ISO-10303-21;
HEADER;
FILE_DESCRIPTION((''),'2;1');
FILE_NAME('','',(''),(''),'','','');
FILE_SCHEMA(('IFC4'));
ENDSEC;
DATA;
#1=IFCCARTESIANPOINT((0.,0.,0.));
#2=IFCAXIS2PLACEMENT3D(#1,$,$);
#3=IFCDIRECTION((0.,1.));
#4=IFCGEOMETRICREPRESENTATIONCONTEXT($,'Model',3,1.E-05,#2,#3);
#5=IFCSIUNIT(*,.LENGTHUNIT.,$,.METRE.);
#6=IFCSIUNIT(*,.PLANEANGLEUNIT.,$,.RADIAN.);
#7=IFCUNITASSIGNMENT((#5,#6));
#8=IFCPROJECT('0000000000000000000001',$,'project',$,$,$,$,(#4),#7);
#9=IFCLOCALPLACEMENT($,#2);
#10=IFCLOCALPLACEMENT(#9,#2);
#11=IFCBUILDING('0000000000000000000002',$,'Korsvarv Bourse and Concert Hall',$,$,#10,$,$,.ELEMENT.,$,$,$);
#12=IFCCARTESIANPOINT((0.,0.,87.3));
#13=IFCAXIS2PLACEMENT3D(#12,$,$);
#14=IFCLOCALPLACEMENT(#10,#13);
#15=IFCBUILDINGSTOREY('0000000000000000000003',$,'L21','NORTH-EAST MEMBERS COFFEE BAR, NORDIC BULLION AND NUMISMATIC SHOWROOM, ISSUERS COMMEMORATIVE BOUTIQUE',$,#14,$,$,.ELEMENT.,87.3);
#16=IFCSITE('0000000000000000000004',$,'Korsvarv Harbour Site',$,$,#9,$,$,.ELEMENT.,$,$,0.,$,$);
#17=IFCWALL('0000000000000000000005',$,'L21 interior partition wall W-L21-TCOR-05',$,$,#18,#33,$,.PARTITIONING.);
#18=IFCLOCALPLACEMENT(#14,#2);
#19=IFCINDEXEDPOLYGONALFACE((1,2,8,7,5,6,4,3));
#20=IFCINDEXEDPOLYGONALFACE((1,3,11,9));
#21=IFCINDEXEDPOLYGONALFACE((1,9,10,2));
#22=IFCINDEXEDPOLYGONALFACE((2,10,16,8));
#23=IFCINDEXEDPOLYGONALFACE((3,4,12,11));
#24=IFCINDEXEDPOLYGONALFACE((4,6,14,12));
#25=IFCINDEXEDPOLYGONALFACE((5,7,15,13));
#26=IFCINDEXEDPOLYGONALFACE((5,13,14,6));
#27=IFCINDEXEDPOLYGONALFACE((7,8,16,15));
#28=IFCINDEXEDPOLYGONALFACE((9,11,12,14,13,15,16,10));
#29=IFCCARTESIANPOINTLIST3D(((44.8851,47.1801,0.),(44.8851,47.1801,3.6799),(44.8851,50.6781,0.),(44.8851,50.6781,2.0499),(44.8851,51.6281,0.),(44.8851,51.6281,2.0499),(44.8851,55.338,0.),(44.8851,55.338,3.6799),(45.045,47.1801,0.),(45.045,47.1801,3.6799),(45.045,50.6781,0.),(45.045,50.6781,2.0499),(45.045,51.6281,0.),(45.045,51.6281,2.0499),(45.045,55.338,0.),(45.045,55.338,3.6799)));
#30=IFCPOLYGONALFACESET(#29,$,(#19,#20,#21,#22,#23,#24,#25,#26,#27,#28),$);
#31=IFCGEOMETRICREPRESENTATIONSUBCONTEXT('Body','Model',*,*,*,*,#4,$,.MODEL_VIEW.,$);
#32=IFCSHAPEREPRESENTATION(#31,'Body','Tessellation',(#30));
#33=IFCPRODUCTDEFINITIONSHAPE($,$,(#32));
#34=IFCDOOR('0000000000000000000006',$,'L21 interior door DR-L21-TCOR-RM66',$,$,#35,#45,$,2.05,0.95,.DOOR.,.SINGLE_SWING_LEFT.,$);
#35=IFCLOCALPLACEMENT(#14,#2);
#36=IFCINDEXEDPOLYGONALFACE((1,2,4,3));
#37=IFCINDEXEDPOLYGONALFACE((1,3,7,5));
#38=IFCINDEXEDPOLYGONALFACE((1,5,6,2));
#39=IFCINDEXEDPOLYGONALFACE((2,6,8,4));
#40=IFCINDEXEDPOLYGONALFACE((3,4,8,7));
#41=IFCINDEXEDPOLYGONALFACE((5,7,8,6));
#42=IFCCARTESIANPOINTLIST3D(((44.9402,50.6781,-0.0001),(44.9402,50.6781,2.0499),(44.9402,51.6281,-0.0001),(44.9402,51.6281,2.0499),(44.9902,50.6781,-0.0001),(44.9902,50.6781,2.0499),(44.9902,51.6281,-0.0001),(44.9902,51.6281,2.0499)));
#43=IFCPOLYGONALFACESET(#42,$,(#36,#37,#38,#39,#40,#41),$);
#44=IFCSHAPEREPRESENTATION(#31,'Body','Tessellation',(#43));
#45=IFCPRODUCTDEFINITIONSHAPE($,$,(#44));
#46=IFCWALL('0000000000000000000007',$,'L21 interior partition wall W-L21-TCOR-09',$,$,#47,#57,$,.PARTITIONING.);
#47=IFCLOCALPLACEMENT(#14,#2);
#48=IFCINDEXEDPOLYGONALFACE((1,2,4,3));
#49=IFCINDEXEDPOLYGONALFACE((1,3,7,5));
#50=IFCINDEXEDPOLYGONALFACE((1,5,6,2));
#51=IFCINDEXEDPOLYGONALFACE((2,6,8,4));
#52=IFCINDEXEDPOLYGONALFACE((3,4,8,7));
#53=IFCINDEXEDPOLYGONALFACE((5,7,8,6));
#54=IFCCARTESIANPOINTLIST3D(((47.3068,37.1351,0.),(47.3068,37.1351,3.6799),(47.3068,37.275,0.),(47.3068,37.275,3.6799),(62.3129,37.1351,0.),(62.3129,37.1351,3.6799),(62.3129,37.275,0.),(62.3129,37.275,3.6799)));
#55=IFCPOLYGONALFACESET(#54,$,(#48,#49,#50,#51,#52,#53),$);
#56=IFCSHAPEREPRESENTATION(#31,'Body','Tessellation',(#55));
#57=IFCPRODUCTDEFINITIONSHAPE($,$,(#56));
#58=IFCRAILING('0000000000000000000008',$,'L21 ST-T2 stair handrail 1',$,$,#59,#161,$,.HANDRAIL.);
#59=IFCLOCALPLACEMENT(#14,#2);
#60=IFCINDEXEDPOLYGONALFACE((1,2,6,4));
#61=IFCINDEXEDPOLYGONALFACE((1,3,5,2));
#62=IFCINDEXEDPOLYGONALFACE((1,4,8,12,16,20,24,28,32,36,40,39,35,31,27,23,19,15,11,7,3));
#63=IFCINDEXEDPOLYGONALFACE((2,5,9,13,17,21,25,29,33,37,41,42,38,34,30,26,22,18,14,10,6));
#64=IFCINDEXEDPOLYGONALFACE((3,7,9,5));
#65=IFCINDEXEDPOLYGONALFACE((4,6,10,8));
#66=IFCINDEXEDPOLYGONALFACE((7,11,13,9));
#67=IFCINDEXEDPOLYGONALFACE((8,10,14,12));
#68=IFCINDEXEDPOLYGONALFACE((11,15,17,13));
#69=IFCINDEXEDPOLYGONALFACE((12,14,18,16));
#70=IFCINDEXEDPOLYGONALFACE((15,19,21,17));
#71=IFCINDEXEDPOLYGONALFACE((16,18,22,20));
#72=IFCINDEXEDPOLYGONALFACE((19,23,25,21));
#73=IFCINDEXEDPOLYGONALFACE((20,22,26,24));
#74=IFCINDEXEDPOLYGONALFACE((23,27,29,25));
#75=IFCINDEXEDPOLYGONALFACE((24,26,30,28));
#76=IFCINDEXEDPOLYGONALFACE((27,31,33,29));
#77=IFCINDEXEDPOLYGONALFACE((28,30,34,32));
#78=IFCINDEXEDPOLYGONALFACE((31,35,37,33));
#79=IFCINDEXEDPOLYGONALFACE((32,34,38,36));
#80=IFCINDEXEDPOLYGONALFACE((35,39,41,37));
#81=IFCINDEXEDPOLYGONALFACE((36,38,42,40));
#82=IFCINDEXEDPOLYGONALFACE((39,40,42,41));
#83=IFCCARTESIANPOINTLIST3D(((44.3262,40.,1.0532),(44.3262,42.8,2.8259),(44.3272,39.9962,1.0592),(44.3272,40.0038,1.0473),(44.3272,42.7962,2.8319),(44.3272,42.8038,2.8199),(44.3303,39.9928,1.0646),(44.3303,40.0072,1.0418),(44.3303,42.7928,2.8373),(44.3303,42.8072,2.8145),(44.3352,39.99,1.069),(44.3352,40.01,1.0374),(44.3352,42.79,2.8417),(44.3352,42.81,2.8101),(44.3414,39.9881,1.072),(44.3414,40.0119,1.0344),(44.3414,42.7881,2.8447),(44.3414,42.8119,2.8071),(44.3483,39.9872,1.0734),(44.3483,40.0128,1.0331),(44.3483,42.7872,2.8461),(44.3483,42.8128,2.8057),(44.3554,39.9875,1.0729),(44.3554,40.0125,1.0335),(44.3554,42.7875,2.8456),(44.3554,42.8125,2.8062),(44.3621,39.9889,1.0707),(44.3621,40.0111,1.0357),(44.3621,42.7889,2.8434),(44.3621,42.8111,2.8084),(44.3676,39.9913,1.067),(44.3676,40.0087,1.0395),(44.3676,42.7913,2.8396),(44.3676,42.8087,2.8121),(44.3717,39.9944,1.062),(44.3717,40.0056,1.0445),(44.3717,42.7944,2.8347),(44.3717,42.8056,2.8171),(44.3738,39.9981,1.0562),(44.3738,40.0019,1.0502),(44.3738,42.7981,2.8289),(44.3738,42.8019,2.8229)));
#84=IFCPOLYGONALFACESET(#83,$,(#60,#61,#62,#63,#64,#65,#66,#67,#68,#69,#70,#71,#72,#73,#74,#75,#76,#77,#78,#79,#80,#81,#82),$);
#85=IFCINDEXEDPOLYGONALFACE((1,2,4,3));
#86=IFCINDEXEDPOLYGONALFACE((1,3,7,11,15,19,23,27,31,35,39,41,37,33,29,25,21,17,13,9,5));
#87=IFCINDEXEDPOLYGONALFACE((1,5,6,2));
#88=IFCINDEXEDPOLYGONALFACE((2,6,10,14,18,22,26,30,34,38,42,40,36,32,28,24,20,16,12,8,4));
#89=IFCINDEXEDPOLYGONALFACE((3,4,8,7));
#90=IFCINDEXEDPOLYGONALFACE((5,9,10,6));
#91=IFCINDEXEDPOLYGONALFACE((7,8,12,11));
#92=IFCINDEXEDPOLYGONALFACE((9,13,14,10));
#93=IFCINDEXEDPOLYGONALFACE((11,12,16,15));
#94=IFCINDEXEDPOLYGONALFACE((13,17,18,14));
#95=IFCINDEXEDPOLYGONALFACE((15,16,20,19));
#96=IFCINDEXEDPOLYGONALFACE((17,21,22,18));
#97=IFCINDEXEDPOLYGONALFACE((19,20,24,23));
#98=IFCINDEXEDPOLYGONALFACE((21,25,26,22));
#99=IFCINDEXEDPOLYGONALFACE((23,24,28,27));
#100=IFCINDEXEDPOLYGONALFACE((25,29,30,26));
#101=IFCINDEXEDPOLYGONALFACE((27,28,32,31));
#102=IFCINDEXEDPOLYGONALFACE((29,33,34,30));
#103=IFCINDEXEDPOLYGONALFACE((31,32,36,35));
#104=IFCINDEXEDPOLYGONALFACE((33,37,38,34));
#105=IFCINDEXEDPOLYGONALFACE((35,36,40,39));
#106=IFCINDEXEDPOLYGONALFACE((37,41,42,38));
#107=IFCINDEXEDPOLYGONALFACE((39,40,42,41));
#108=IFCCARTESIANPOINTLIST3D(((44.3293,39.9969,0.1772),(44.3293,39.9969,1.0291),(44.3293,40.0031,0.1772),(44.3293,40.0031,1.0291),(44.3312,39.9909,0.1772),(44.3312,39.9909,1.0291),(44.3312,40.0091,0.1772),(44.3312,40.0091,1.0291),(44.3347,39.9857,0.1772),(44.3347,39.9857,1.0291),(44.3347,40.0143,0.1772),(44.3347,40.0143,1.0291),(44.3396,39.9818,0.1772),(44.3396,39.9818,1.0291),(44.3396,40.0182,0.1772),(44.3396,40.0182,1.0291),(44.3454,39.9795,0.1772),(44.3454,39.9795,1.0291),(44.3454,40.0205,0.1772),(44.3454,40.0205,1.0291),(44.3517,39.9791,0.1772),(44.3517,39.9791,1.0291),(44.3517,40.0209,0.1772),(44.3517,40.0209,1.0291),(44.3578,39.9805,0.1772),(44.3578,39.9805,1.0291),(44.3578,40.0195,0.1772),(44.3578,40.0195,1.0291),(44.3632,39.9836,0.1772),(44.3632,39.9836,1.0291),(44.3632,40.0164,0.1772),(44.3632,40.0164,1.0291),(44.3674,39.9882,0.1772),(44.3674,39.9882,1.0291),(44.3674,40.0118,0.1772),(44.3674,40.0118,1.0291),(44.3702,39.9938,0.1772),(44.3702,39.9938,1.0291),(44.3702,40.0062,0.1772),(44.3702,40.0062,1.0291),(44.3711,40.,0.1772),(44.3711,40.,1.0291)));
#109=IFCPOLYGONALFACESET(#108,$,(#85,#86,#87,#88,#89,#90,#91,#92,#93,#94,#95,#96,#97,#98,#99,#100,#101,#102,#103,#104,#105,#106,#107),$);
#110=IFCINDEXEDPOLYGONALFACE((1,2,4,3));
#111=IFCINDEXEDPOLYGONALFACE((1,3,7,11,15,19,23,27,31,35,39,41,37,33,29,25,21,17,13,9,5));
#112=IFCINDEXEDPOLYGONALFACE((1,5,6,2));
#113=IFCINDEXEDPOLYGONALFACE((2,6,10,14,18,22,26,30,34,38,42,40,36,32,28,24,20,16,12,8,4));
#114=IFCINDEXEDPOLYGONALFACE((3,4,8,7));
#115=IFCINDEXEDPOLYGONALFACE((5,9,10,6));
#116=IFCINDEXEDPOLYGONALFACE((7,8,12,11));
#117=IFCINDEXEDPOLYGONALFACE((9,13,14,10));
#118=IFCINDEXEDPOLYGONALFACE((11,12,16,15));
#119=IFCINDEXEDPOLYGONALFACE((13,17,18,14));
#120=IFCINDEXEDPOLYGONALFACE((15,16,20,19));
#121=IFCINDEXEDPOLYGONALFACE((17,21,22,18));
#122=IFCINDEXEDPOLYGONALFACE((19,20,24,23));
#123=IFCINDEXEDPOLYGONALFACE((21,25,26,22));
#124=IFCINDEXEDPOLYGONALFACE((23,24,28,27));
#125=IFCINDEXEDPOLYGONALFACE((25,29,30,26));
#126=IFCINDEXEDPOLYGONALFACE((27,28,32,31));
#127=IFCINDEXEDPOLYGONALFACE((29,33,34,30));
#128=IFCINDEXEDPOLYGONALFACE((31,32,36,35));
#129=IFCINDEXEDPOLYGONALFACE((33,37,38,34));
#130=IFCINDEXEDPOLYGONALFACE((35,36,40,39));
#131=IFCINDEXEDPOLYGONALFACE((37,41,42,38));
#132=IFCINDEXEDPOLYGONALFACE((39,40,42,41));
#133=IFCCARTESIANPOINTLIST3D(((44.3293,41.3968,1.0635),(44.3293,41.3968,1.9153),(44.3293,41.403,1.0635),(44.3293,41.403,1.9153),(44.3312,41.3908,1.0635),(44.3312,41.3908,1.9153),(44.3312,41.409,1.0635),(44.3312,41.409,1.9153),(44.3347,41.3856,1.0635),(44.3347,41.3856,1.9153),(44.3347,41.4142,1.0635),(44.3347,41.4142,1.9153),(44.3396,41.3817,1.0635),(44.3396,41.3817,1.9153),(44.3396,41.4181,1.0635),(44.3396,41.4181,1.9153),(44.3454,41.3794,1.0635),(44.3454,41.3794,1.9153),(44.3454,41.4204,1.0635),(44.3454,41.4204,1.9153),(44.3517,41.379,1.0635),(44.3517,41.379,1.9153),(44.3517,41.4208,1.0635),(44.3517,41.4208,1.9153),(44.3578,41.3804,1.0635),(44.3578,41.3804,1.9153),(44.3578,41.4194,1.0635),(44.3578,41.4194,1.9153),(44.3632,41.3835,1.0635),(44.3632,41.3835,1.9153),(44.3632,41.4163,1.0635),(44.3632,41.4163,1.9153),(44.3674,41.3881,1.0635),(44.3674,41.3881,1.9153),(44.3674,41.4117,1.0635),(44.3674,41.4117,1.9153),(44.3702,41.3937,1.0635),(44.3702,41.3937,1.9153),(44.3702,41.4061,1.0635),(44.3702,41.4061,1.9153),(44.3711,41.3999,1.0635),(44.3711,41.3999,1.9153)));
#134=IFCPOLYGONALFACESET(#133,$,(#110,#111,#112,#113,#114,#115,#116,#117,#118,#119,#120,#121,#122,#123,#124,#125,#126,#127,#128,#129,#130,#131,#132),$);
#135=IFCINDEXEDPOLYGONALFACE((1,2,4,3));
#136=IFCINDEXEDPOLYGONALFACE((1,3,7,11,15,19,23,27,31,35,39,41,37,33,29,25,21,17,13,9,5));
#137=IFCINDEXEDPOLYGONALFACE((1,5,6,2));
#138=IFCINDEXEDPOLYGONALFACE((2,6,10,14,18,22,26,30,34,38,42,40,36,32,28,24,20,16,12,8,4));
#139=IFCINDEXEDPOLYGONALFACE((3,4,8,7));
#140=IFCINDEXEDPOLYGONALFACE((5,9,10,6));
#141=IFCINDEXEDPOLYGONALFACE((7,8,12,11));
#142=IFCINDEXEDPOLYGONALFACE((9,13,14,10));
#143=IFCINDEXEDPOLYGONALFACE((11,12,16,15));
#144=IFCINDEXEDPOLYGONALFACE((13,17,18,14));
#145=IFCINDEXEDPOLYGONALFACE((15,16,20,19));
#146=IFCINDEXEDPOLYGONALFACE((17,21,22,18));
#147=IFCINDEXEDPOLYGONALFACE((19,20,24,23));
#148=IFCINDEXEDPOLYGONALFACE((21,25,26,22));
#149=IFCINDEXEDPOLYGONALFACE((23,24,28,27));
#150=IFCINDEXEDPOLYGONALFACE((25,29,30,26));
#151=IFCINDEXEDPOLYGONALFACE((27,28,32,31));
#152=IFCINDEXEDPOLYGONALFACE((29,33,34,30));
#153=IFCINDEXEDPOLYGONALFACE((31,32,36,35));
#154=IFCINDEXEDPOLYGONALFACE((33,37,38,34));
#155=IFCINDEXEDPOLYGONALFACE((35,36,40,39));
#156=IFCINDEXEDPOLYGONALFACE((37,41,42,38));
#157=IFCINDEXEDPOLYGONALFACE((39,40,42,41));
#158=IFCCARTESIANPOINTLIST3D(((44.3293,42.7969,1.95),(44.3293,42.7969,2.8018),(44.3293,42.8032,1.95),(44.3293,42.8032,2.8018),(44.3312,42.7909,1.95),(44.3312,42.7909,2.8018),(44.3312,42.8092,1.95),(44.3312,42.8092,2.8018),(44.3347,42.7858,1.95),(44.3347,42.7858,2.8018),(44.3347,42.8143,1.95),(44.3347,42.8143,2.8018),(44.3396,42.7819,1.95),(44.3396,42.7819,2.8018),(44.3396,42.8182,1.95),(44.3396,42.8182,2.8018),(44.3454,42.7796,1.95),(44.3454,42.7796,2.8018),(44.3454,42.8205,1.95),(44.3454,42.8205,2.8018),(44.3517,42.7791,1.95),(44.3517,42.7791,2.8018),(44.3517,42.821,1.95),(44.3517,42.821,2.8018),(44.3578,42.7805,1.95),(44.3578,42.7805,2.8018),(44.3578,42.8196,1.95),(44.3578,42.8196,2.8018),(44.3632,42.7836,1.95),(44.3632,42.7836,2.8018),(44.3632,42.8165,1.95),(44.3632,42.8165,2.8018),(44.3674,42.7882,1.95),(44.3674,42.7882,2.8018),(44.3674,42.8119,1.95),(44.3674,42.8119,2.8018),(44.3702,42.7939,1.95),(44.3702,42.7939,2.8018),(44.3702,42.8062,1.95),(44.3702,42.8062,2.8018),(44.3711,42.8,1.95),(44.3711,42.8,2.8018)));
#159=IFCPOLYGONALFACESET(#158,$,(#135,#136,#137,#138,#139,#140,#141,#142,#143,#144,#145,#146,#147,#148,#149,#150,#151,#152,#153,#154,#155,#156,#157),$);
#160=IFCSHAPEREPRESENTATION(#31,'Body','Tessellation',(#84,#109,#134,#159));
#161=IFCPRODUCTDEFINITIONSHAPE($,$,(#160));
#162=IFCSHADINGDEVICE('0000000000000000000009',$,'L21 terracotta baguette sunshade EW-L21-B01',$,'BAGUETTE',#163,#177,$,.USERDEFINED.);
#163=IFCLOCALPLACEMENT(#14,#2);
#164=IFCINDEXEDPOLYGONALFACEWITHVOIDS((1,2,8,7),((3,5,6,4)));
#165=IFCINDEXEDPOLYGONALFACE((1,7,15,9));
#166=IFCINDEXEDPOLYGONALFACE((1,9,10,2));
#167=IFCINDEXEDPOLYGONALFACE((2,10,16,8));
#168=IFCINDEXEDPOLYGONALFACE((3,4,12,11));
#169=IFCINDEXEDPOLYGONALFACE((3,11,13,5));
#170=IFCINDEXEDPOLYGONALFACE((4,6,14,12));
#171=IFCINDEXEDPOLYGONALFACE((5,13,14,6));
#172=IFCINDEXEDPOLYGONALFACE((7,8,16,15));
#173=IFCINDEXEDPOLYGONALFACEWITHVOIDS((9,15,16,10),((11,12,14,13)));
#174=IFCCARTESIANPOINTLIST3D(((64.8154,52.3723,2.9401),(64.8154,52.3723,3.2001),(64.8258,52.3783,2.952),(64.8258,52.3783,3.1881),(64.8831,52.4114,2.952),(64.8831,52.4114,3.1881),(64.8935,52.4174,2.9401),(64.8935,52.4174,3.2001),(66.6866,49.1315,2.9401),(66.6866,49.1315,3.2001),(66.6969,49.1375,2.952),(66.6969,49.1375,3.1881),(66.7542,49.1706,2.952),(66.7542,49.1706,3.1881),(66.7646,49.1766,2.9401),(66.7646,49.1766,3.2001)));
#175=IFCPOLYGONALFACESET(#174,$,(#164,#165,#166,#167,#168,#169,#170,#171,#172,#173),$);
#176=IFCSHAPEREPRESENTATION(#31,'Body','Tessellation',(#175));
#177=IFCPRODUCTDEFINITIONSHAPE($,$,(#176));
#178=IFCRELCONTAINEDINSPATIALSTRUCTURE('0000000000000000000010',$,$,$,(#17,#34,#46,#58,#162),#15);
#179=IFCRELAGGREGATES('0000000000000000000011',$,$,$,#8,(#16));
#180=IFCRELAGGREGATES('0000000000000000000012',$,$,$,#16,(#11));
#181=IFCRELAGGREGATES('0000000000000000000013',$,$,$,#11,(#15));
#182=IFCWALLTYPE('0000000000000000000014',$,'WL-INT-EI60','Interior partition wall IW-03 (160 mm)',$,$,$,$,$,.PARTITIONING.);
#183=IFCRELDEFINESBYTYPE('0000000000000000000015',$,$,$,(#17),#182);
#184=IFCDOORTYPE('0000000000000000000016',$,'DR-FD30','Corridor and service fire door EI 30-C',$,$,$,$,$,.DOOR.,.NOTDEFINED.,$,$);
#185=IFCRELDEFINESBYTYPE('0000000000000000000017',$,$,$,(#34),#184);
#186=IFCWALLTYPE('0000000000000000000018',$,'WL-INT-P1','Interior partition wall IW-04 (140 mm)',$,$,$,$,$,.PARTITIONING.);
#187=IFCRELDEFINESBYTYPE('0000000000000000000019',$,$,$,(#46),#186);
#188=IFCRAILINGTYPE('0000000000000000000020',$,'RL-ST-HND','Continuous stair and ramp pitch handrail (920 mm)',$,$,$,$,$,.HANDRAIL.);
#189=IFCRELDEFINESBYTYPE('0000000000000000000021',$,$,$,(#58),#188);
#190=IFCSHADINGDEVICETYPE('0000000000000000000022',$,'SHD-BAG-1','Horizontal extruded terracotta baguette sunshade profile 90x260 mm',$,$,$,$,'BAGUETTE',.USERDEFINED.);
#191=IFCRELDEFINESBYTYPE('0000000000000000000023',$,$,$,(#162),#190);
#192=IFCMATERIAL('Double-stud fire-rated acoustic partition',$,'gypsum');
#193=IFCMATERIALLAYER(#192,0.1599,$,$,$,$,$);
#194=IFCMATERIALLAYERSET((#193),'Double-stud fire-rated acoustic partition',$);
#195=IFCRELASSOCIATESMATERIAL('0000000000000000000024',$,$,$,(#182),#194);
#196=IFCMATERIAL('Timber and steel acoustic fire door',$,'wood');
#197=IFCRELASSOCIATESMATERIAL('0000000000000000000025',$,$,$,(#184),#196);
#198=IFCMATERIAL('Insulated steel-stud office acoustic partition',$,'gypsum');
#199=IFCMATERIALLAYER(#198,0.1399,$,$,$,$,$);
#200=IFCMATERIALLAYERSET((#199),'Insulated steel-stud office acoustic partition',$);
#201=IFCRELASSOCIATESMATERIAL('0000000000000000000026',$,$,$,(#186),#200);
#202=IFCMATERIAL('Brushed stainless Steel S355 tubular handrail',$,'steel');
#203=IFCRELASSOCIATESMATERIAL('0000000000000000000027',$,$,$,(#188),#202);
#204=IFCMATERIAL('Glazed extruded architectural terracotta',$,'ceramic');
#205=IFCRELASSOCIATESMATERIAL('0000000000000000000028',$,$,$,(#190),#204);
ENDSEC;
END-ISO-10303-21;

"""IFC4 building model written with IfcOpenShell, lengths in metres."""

from ifc_helpers import new_model, si_unit, direction, frame, frame_2d, origin, origin_2d, place, context, subcontext, project, spatial, rectangle, hollow_rectangle, circle, extrude, source, transform, mapped, material, layer, layer_set, material_profile, profile_set, type_object, element, fill, save


model = new_model("IFC4")

# Units and contexts
model_context = context("Model", 3, precision=1e-05, world=origin(), true_north=direction((0.0, 1.0)))
body_context = subcontext(model_context, "Body", "Model", "MODEL_VIEW")
ifc_project = project(units=[si_unit("LENGTHUNIT", "METRE"), si_unit("PLANEANGLEUNIT", "RADIAN")], contexts=[model_context])

# Site, building, storey
site_placement = place(None, origin())
site = spatial("IfcSite", under=ifc_project, at=site_placement, Name="Korsvarv Harbour Site", CompositionType="ELEMENT", RefElevation=0.0)
building_placement = place(site_placement, origin())
building = spatial("IfcBuilding", under=site, at=building_placement, Name="Korsvarv Bourse and Concert Hall", CompositionType="ELEMENT")
storey_placement = place(building_placement, frame((0.0, 0.0, 87.3)))
storey = spatial("IfcBuildingStorey", under=building, at=storey_placement, Name="L21", Description="NORTH-EAST MEMBERS COFFEE BAR, NORDIC BULLION AND NUMISMATIC SHOWROOM, ISSUERS COMMEMORATIVE BOUTIQUE", CompositionType="ELEMENT", Elevation=87.3)

# Wall, opening, door
ifc_material_1 = material(Name="Double-stud fire-rated acoustic partition", Category="gypsum")
ifc_layer_1 = layer(ifc_material_1, 0.1599)
ifc_layer_set_1 = layer_set([ifc_layer_1], Name="Double-stud fire-rated acoustic partition")
wall_type_1 = type_object("IfcWallType", Name="WL-INT-EI60", Description="Interior partition wall IW-03 (160 mm)", PredefinedType="PARTITIONING", material=ifc_layer_set_1)
wall_1_placement = place(storey_placement, frame((44.9651, 47.1799, 0.0), z_axis=(0.0, 0.0, 1.0), x_axis=(0.0, 1.0, 0.0)))
wall_1 = element("IfcWall", 1, at=wall_1_placement, inside=storey, type_object=wall_type_1, Name="L21 interior partition wall W-L21-TCOR-05", PredefinedType="PARTITIONING", context=body_context, shape_type="SweptSolid", body=[
    extrude(rectangle(XDim=8.158, YDim=0.1599, at=frame_2d((4.0791, 0.0))), origin(), (0.0, 0.0, 1.0), 3.6799),
])
opening_1_placement = place(wall_1_placement, frame((3.498, 0.0, 0.0)))
opening_1 = element("IfcOpeningElement", 2, at=opening_1_placement, cuts=wall_1, PredefinedType="OPENING", context=body_context, shape_type="SweptSolid", body=[
    extrude(rectangle(XDim=0.95, YDim=2.05, at=frame_2d((0.4751, 1.0249))), frame((0.0, 0.0898, 0.0), z_axis=(0.0, -1.0, 0.0), x_axis=(1.0, 0.0, 0.0)), (0.0, 0.0, 1.0), 0.1799),
])
ifc_material_2 = material(Name="Timber and steel acoustic fire door", Category="wood")
door_type_1 = type_object("IfcDoorType", Name="DR-FD30", Description="Corridor and service fire door EI 30-C", OperationType="NOTDEFINED", PredefinedType="DOOR", material=ifc_material_2)
door_1_placement = place(opening_1_placement, origin())
door_1 = element("IfcDoor", 3, at=door_1_placement, inside=storey, type_object=door_type_1, Name="L21 interior door DR-L21-TCOR-RM66", OperationType="SINGLE_SWING_LEFT", OverallHeight=2.05, OverallWidth=0.95, PredefinedType="DOOR", context=body_context, shape_type="SweptSolid", body=[
    extrude(rectangle(XDim=0.95, YDim=2.05, at=frame_2d((0.4751, 1.0249))), frame((0.0, 0.0249, 0.0), z_axis=(0.0, -1.0, 0.0), x_axis=(1.0, 0.0, 0.0)), (0.0, 0.0, 1.0), 0.05),
])
fill(opening_1, door_1)

# Wall
ifc_material_3 = material(Name="Insulated steel-stud office acoustic partition", Category="gypsum")
ifc_layer_2 = layer(ifc_material_3, 0.1399)
ifc_layer_set_2 = layer_set([ifc_layer_2], Name="Insulated steel-stud office acoustic partition")
wall_type_2 = type_object("IfcWallType", Name="WL-INT-P1", Description="Interior partition wall IW-04 (140 mm)", PredefinedType="PARTITIONING", material=ifc_layer_set_2)
wall_2_placement = place(storey_placement, frame((47.3069, 37.2051, 0.0), z_axis=(0.0, 0.0, 1.0), x_axis=(1.0, 0.0, 0.0)))
element("IfcWall", 4, at=wall_2_placement, inside=storey, type_object=wall_type_2, Name="L21 interior partition wall W-L21-TCOR-09", PredefinedType="PARTITIONING", context=body_context, shape_type="SweptSolid", body=[
    extrude(rectangle(XDim=15.0061, YDim=0.1399, at=frame_2d((7.5029, 0.0))), origin(), (0.0, 0.0, 1.0), 3.6799),
])

# Railing
ifc_material_4 = material(Name="Brushed stainless Steel S355 tubular handrail", Category="steel")
railing_type = type_object("IfcRailingType", Name="RL-ST-HND", Description="Continuous stair and ramp pitch handrail (920 mm)", PredefinedType="HANDRAIL", material=ifc_material_4)
railing_placement = place(storey_placement, frame((44.3501, 40.0, 0.1772)))
element("IfcRailing", 5, at=railing_placement, inside=storey, type_object=railing_type, Name="L21 ST-T2 stair handrail 1", PredefinedType="HANDRAIL", context=body_context, shape_type="SweptSolid", body=[
    extrude(circle(Radius=0.0239, at=origin_2d()), frame((0.0, 0.0, 0.876), z_axis=(0.0, 0.844909, 0.53491), x_axis=(-1.0, 0.0, 0.0)), (0.0, 0.0, 1.0), 3.314),
    extrude(circle(Radius=0.021, at=origin_2d()), origin(), (0.0, 0.0, 1.0), 0.8518),
    extrude(circle(Radius=0.021, at=origin_2d()), frame((0.0, 1.3999, 0.8862)), (0.0, 0.0, 1.0), 0.8518),
    extrude(circle(Radius=0.021, at=origin_2d()), frame((0.0, 2.8, 1.7727)), (0.0, 0.0, 1.0), 0.8518),
])

# Shading device
ifc_material_5 = material(Name="Glazed extruded architectural terracotta", Category="ceramic")
ifc_material_profile_1 = material_profile(ifc_material_5, hollow_rectangle(XDim=0.0901, YDim=0.26, WallThickness=0.012, at=origin_2d()), Name="TC-BAG 90x260")
ifc_profile_set_1 = profile_set([ifc_material_profile_1], Name="Glazed extruded architectural terracotta")
shading_device_type = type_object("IfcShadingDeviceType", Name="SHD-BAG-1", Description="Horizontal extruded terracotta baguette sunshade profile 90x260 mm", ElementType="BAGUETTE", PredefinedType="USERDEFINED", material=ifc_profile_set_1)
shared_shape_1 = source(origin(), body_context, "Body", "SweptSolid", [
    extrude(hollow_rectangle(XDim=0.0901, YDim=0.26, WallThickness=0.012, at=origin_2d()), origin(), (0.0, 0.0, 1.0), 3.7422),
])
shading_device_1_placement = place(storey_placement, frame((66.7256, 49.1541, 3.0701), z_axis=(-0.500012, 0.866018, 0.0), x_axis=(-0.866018, -0.500012, 0.0)))
element("IfcShadingDevice", 6, at=shading_device_1_placement, inside=storey, type_object=shading_device_type, Name="L21 terracotta baguette sunshade EW-L21-B01", ObjectType="BAGUETTE", PredefinedType="USERDEFINED", context=body_context, shape_type="MappedRepresentation", body=[
    mapped(shared_shape_1, transform((0.0, 0.0, 0.0), scale=1.0)),
])

save(model, "model.ifc")
